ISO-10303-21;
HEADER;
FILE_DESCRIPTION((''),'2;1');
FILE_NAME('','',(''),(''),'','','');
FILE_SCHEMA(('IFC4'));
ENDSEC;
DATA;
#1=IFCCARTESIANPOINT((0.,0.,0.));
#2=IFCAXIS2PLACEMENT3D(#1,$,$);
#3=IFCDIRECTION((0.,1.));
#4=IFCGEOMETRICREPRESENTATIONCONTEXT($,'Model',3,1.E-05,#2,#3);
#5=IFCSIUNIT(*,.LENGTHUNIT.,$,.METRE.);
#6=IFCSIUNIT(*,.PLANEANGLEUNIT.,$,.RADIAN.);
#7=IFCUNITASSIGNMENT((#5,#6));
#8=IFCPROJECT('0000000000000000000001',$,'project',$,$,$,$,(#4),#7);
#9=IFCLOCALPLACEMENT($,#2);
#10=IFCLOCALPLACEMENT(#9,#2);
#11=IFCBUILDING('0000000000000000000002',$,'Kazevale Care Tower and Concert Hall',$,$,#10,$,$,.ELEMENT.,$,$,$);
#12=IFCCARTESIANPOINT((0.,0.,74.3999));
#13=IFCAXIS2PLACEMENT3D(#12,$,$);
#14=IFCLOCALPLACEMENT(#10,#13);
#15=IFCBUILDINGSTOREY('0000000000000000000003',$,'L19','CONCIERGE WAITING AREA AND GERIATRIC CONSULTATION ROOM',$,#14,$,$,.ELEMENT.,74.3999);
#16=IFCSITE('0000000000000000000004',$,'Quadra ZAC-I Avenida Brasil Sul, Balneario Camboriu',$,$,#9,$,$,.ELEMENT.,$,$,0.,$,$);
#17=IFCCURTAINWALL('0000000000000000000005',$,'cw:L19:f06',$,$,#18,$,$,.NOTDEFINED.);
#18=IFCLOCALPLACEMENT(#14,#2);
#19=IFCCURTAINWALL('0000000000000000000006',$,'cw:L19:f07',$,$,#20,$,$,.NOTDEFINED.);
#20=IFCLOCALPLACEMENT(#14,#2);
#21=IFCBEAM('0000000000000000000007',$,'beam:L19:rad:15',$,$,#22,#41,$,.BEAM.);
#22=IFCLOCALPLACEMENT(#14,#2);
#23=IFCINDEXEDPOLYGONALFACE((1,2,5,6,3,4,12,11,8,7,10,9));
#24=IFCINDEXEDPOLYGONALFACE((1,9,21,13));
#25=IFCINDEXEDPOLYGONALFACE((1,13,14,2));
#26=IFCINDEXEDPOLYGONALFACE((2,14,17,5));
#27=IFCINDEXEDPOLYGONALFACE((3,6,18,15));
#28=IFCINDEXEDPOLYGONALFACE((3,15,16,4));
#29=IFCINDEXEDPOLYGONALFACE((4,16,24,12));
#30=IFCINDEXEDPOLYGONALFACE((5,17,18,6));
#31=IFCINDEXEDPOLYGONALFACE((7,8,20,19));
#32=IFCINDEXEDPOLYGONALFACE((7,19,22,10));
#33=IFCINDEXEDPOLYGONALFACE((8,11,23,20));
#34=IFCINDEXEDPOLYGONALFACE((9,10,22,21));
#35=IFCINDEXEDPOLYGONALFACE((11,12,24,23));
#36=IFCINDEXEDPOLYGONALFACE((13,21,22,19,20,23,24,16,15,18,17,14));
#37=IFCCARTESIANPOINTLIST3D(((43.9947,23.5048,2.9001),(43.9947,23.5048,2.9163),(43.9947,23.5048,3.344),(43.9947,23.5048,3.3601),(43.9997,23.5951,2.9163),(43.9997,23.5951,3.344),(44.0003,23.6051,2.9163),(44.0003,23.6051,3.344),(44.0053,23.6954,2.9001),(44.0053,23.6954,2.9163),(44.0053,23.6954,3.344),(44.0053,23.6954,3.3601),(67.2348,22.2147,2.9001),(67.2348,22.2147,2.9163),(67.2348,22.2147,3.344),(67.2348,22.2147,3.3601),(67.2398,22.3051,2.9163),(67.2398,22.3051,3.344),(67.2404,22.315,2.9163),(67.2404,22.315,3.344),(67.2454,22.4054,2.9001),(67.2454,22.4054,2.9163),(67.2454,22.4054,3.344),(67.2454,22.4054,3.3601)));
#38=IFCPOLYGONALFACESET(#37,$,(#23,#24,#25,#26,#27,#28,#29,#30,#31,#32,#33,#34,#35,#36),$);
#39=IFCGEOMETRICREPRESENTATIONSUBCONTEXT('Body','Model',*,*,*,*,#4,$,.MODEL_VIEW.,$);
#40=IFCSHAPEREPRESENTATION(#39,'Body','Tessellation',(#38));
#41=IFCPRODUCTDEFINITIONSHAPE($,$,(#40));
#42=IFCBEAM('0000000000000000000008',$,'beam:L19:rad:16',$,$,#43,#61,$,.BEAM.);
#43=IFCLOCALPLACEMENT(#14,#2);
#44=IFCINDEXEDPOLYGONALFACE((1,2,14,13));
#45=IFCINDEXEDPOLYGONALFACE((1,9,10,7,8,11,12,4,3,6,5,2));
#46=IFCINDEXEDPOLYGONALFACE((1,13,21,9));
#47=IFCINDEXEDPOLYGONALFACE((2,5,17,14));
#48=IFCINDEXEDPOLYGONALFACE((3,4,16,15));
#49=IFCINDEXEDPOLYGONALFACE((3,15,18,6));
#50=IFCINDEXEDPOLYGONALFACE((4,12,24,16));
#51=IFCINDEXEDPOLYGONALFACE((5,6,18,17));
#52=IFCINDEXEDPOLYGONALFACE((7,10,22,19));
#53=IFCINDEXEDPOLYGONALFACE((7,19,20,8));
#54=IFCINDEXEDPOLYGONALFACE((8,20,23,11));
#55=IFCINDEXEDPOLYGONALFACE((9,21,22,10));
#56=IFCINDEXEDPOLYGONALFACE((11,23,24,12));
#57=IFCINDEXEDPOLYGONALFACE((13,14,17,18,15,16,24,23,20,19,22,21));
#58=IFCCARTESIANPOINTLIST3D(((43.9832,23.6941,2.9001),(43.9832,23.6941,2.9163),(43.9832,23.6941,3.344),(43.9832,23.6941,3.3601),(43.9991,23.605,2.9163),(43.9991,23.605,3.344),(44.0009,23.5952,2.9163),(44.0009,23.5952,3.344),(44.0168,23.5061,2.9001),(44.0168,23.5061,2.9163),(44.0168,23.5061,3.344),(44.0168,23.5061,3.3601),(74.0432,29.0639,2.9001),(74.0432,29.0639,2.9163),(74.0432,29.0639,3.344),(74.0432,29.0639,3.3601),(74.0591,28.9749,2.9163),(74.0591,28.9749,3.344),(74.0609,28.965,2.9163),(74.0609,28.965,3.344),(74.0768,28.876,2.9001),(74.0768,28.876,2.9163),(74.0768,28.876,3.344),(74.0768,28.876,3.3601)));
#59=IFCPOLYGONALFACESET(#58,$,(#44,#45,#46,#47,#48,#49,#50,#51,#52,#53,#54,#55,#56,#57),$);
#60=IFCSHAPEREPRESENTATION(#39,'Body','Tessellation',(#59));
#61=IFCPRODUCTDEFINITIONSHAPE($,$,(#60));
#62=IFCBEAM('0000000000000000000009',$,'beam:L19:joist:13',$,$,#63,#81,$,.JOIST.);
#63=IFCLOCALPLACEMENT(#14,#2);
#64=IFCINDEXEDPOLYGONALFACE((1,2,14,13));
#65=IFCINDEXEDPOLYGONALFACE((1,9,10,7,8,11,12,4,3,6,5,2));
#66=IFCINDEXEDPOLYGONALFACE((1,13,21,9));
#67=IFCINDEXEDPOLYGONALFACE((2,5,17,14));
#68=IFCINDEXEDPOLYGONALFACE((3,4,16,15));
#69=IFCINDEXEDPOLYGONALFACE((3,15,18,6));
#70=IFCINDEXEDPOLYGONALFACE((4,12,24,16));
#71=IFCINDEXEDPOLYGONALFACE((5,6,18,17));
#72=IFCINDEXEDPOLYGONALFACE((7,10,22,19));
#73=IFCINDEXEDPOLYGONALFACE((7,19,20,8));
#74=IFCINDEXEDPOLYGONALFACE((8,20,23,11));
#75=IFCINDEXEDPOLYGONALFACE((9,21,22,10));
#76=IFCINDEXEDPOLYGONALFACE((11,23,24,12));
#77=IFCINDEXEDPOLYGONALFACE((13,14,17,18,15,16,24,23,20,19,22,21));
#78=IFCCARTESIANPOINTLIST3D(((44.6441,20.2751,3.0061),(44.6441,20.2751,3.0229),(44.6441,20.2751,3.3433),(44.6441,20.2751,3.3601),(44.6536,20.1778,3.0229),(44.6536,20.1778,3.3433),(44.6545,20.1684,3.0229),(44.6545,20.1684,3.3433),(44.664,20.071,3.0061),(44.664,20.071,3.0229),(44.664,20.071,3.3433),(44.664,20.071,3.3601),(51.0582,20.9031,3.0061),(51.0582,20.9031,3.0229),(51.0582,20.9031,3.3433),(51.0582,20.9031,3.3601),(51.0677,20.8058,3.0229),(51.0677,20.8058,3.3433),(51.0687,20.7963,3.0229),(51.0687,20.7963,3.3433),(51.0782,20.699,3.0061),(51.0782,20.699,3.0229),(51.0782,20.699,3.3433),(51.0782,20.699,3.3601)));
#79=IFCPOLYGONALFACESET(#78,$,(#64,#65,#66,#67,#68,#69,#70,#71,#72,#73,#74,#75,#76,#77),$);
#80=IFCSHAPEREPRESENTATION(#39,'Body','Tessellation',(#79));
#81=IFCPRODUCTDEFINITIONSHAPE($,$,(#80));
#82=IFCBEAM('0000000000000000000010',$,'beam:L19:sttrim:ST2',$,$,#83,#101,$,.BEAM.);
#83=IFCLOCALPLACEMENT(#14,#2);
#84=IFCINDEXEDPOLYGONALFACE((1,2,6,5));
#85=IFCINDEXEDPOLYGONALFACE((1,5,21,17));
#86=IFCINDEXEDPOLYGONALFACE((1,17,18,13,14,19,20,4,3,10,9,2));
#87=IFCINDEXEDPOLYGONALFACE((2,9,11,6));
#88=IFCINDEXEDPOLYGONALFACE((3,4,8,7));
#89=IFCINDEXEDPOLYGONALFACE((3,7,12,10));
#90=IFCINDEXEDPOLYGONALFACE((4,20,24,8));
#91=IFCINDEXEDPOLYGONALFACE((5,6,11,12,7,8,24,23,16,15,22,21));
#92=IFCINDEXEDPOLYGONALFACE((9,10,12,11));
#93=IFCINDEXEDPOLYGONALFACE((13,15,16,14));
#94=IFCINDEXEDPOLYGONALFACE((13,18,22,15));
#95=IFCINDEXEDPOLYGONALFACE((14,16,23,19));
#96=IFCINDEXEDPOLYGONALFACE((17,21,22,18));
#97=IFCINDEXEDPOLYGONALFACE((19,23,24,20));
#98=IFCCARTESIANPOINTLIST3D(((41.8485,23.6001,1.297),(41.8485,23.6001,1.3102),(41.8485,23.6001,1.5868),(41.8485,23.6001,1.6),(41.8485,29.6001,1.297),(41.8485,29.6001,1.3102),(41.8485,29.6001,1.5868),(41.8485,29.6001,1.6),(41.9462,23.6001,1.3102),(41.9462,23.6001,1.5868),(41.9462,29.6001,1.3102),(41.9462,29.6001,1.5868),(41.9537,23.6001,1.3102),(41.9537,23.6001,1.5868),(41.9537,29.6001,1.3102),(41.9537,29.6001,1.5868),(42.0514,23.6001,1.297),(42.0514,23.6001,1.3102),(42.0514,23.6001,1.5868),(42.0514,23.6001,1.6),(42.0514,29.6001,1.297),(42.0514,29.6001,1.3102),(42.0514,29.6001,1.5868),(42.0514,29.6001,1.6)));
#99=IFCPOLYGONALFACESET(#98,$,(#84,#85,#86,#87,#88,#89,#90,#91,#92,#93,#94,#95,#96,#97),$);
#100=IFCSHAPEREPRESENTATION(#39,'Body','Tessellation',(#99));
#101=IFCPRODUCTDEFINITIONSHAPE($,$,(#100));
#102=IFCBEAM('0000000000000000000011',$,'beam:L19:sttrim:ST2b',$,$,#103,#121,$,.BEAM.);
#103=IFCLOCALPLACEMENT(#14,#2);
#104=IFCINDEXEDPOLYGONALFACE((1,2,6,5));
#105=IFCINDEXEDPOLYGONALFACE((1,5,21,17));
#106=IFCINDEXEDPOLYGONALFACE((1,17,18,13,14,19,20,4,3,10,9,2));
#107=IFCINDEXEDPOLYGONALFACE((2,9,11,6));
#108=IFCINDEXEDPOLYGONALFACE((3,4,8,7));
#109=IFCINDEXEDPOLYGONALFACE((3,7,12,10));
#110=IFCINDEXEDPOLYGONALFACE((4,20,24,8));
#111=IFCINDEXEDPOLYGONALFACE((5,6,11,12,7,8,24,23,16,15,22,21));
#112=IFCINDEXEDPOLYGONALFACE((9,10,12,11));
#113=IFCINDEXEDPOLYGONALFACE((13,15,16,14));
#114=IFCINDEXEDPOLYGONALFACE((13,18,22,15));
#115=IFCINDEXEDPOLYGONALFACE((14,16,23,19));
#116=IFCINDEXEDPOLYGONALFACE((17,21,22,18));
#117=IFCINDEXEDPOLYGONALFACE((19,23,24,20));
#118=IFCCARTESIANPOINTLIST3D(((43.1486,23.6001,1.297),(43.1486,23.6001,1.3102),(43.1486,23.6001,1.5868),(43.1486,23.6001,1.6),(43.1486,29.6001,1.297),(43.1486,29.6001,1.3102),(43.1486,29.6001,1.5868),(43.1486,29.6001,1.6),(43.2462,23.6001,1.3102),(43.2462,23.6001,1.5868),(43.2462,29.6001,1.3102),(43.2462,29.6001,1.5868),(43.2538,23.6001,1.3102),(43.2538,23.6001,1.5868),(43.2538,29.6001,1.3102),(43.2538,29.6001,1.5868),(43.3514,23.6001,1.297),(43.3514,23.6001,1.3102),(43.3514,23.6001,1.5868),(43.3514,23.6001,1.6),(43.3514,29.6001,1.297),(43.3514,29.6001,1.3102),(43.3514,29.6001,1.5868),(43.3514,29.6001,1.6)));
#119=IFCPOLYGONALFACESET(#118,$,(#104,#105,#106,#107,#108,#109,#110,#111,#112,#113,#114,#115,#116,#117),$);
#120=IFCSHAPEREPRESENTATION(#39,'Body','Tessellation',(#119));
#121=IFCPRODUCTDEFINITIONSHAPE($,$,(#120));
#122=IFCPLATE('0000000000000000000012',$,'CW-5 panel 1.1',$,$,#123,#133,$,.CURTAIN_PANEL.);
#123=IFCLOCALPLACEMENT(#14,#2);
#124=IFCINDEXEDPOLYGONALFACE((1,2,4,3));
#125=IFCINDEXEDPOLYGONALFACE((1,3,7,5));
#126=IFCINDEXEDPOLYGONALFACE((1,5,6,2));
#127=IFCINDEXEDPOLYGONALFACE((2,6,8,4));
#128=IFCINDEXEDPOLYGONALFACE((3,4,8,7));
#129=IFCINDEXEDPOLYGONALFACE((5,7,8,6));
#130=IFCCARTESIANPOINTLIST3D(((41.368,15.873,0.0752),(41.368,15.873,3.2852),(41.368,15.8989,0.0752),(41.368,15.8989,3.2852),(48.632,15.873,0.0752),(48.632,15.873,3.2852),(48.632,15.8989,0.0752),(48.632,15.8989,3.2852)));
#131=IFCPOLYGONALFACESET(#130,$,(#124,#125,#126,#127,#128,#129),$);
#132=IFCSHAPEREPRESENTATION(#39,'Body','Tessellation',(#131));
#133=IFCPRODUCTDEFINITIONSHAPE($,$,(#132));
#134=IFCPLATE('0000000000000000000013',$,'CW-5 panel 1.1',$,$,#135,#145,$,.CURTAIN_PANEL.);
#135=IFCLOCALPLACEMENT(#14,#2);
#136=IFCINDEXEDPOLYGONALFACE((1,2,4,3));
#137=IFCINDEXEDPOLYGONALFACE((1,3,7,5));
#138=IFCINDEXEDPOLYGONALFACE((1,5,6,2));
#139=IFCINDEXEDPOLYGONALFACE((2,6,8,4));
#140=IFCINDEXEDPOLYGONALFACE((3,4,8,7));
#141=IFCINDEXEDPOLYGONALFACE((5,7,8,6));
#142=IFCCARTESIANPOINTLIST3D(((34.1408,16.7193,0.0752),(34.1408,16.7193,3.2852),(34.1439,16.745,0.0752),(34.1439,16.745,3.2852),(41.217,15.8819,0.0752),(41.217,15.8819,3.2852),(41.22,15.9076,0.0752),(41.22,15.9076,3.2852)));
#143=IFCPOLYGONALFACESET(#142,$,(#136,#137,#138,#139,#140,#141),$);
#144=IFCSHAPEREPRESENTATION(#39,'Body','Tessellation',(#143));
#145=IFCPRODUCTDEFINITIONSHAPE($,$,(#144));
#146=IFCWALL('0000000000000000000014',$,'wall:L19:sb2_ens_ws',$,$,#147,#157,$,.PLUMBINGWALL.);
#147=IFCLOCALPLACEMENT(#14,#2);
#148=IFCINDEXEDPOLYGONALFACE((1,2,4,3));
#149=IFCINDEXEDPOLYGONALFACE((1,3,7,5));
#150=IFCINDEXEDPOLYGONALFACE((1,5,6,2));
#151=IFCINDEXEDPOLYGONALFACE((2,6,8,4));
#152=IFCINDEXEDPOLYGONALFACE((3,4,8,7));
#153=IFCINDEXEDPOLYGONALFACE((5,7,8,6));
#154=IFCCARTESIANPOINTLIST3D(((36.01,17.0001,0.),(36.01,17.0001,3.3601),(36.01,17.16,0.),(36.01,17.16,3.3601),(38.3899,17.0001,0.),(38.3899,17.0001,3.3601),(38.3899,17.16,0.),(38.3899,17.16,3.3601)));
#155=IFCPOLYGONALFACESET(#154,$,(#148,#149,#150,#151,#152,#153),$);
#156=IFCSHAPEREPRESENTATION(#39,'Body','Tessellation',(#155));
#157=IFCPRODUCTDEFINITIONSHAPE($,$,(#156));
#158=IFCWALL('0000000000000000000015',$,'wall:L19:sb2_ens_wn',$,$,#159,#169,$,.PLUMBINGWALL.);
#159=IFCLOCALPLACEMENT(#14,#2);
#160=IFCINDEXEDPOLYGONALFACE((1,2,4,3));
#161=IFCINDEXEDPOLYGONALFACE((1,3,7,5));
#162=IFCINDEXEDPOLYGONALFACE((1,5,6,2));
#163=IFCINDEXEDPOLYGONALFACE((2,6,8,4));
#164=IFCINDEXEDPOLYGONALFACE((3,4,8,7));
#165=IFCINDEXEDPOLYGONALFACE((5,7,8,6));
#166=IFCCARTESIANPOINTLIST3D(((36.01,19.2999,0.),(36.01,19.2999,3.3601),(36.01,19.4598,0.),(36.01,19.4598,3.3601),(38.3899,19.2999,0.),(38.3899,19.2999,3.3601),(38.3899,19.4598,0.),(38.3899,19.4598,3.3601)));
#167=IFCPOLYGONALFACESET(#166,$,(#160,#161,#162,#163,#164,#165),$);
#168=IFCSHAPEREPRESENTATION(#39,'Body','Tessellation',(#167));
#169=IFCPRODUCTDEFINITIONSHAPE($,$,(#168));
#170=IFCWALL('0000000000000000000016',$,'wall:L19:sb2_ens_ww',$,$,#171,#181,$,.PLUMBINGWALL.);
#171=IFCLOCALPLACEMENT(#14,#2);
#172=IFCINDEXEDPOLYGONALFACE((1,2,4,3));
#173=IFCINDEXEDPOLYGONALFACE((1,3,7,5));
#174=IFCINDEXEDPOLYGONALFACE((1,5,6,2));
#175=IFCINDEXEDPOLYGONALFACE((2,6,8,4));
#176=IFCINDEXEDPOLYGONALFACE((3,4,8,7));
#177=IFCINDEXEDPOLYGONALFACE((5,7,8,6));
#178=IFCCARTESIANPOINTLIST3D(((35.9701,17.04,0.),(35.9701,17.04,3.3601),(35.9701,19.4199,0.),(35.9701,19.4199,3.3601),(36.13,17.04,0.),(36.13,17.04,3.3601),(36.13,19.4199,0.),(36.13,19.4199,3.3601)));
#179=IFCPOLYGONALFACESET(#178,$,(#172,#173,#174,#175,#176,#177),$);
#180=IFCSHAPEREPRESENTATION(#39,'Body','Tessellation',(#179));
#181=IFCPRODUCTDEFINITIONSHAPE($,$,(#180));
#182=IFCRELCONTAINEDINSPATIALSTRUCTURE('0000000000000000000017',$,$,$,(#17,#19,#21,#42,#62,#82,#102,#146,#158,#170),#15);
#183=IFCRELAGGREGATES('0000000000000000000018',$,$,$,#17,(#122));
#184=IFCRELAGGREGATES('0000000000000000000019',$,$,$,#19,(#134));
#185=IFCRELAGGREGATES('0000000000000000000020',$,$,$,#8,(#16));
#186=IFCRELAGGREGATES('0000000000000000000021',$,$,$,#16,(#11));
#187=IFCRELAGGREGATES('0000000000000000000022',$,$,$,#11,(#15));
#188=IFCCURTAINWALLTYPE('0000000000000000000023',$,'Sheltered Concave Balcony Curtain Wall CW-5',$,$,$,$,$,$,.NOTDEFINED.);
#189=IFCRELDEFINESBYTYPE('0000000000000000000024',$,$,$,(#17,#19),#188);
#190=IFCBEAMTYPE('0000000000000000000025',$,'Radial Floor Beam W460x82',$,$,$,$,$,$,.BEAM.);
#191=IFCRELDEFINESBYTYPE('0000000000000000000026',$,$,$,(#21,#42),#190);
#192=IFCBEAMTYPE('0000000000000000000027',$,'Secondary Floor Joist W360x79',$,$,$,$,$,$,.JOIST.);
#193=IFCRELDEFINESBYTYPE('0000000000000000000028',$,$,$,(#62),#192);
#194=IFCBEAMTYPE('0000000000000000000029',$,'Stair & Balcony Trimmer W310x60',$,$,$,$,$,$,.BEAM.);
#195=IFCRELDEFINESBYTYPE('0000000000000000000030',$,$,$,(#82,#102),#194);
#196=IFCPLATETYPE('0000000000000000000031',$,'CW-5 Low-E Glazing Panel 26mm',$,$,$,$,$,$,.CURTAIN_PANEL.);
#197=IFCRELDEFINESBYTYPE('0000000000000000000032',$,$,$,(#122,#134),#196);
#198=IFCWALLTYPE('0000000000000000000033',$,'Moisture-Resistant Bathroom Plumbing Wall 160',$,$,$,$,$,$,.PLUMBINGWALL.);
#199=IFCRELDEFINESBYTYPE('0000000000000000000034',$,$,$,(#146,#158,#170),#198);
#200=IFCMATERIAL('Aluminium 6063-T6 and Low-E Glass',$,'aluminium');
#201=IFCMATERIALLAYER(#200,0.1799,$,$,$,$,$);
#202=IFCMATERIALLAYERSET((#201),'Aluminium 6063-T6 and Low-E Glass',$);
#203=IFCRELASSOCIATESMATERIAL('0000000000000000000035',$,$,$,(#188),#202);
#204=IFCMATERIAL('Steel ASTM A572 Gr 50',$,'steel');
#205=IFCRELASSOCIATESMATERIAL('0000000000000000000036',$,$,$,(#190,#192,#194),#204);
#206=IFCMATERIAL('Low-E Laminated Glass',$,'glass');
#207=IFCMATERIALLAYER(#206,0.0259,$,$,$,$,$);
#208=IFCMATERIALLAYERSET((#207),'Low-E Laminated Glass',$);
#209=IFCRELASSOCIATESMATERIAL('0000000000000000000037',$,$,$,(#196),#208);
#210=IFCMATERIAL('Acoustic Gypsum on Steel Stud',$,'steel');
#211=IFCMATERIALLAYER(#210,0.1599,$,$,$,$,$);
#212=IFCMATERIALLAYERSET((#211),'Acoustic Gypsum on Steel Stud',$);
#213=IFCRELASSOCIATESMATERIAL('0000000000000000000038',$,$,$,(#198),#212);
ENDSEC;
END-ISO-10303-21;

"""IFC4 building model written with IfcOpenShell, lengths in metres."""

from ifc_helpers import new_model, si_unit, direction, frame, frame_2d, origin, origin_2d, place, context, subcontext, project, spatial, rectangle, i_section, extrude, material, layer, layer_set, material_profile, profile_set, type_object, element, aggregate, save


model = new_model("IFC4")

# Units and contexts
model_context = context("Model", 3, precision=1e-05, world=origin(), true_north=direction((0.0, 1.0)))
body_context = subcontext(model_context, "Body", "Model", "MODEL_VIEW")
ifc_project = project(units=[si_unit("LENGTHUNIT", "METRE"), si_unit("PLANEANGLEUNIT", "RADIAN")], contexts=[model_context])

# Site, building, storey
site_placement = place(None, origin())
site = spatial("IfcSite", under=ifc_project, at=site_placement, Name="Quadra ZAC-I Avenida Brasil Sul, Balneario Camboriu", CompositionType="ELEMENT", RefElevation=0.0)
building_placement = place(site_placement, origin())
building = spatial("IfcBuilding", under=site, at=building_placement, Name="Kazevale Care Tower and Concert Hall", CompositionType="ELEMENT")
storey_placement = place(building_placement, frame((0.0, 0.0, 74.3999)))
storey = spatial("IfcBuildingStorey", under=building, at=storey_placement, Name="L19", Description="CONCIERGE WAITING AREA AND GERIATRIC CONSULTATION ROOM", CompositionType="ELEMENT", Elevation=74.3999)

# Curtain wall
ifc_material_1 = material(Name="Aluminium 6063-T6 and Low-E Glass", Category="aluminium")
ifc_layer_1 = layer(ifc_material_1, 0.1799)
ifc_layer_set_1 = layer_set([ifc_layer_1], Name="Aluminium 6063-T6 and Low-E Glass")
curtain_wall_type = type_object("IfcCurtainWallType", Name="Sheltered Concave Balcony Curtain Wall CW-5", PredefinedType="NOTDEFINED", material=ifc_layer_set_1)
curtain_wall_1_placement = place(storey_placement, origin())
curtain_wall_1 = element("IfcCurtainWall", 1, at=curtain_wall_1_placement, inside=storey, type_object=curtain_wall_type, Name="cw:L19:f06", PredefinedType="NOTDEFINED")

# Curtain wall
curtain_wall_2_placement = place(storey_placement, origin())
curtain_wall_2 = element("IfcCurtainWall", 2, at=curtain_wall_2_placement, inside=storey, type_object=curtain_wall_type, Name="cw:L19:f07", PredefinedType="NOTDEFINED")

# Beams
ifc_material_2 = material(Name="Steel ASTM A572 Gr 50", Category="steel")
ifc_material_profile_1 = material_profile(ifc_material_2, i_section(OverallWidth=0.1909, OverallDepth=0.46, WebThickness=0.01, FlangeThickness=0.0161, at=origin_2d()), Name="W460x82")
ifc_profile_set_1 = profile_set([ifc_material_profile_1], Name="Steel ASTM A572 Gr 50")
beam_type_1 = type_object("IfcBeamType", Name="Radial Floor Beam W460x82", PredefinedType="BEAM", material=ifc_profile_set_1)
beam_1_placement = place(storey_placement, frame((44.0, 23.6001, 3.1301), z_axis=(0.998463, -0.055424, 0.0), x_axis=(0.055424, 0.998463, 0.0)))
element("IfcBeam", 3, at=beam_1_placement, inside=storey, type_object=beam_type_1, Name="beam:L19:rad:15", PredefinedType="BEAM", context=body_context, shape_type="SweptSolid", body=[
    extrude(i_section(OverallWidth=0.1909, OverallDepth=0.46, WebThickness=0.01, FlangeThickness=0.0161, at=origin_2d()), origin(), (0.0, 0.0, 1.0), 23.2759),
])
beam_2_placement = place(storey_placement, frame((44.0, 23.6001, 3.1301), z_axis=(0.984416, 0.175854, 0.0), x_axis=(-0.175854, 0.984416, 0.0)))
element("IfcBeam", 4, at=beam_2_placement, inside=storey, type_object=beam_type_1, Name="beam:L19:rad:16", PredefinedType="BEAM", context=body_context, shape_type="SweptSolid", body=[
    extrude(i_section(OverallWidth=0.1909, OverallDepth=0.46, WebThickness=0.01, FlangeThickness=0.0161, at=origin_2d()), origin(), (0.0, 0.0, 1.0), 30.5359),
])
ifc_material_profile_2 = material_profile(ifc_material_2, i_section(OverallWidth=0.2051, OverallDepth=0.354, WebThickness=0.0095, FlangeThickness=0.0168, at=origin_2d()), Name="W360x79")
ifc_profile_set_2 = profile_set([ifc_material_profile_2], Name="Steel ASTM A572 Gr 50")
beam_type_2 = type_object("IfcBeamType", Name="Secondary Floor Joist W360x79", PredefinedType="JOIST", material=ifc_profile_set_2)
beam_3_placement = place(storey_placement, frame((44.6541, 20.1731, 3.1831), z_axis=(0.995242, 0.097433, 0.0), x_axis=(-0.097433, 0.995242, 0.0)))
element("IfcBeam", 5, at=beam_3_placement, inside=storey, type_object=beam_type_2, Name="beam:L19:joist:13", PredefinedType="JOIST", context=body_context, shape_type="SweptSolid", body=[
    extrude(i_section(OverallWidth=0.2051, OverallDepth=0.354, WebThickness=0.0095, FlangeThickness=0.0168, at=origin_2d()), origin(), (0.0, 0.0, 1.0), 6.4448),
])
ifc_material_profile_3 = material_profile(ifc_material_2, i_section(OverallWidth=0.2029, OverallDepth=0.303, WebThickness=0.0076, FlangeThickness=0.0132, at=origin_2d()), Name="W310x60")
ifc_profile_set_3 = profile_set([ifc_material_profile_3], Name="Steel ASTM A572 Gr 50")
beam_type_3 = type_object("IfcBeamType", Name="Stair & Balcony Trimmer W310x60", PredefinedType="BEAM", material=ifc_profile_set_3)
for number, where, z_axis, x_axis, name in (
    (6, (41.95, 23.6001, 1.4485), (0.0, 1.0, 0.0), (-1.0, 0.0, 0.0), "beam:L19:sttrim:ST2"),
    (7, (43.25, 23.6001, 1.4485), (0.0, 1.0, 0.0), (-1.0, 0.0, 0.0), "beam:L19:sttrim:ST2b"),
):
    element("IfcBeam", number, at=place(storey_placement, frame(where, z_axis=z_axis, x_axis=x_axis)), inside=storey, type_object=beam_type_3, Name=name, PredefinedType="BEAM", context=body_context, shape_type="SweptSolid", body=[
        extrude(i_section(OverallWidth=0.2029, OverallDepth=0.303, WebThickness=0.0076, FlangeThickness=0.0132, at=origin_2d()), origin(), (0.0, 0.0, 1.0), 6.0),
    ])

# Plates
ifc_material_3 = material(Name="Low-E Laminated Glass", Category="glass")
ifc_layer_2 = layer(ifc_material_3, 0.0259)
ifc_layer_set_2 = layer_set([ifc_layer_2], Name="Low-E Laminated Glass")
plate_type = type_object("IfcPlateType", Name="CW-5 Low-E Glazing Panel 26mm", PredefinedType="CURTAIN_PANEL", material=ifc_layer_set_2)
plate_1_placement = place(storey_placement, frame((45.0, 15.886, 0.0752), z_axis=(0.0, 0.0, 1.0), x_axis=(-1.0, 0.0, 0.0)))
plate_1 = element("IfcPlate", 8, at=plate_1_placement, type_object=plate_type, Name="CW-5 panel 1.1", PredefinedType="CURTAIN_PANEL", context=body_context, shape_type="SweptSolid", body=[
    extrude(rectangle(XDim=7.2639, YDim=0.0259, at=origin_2d()), origin(), (0.0, 0.0, 1.0), 3.21),
])
aggregate(curtain_wall_1, [plate_1])
plate_2_placement = place(storey_placement, frame((37.6804, 16.3135, 0.0752), z_axis=(0.0, 0.0, 1.0), x_axis=(-0.993071, 0.117519, 0.0)))
plate_2 = element("IfcPlate", 9, at=plate_2_placement, type_object=plate_type, Name="CW-5 panel 1.1", PredefinedType="CURTAIN_PANEL", context=body_context, shape_type="SweptSolid", body=[
    extrude(rectangle(XDim=7.1255, YDim=0.0259, at=origin_2d()), origin(), (0.0, 0.0, 1.0), 3.21),
])
aggregate(curtain_wall_2, [plate_2])

# Walls
ifc_material_4 = material(Name="Acoustic Gypsum on Steel Stud", Category="steel")
ifc_layer_3 = layer(ifc_material_4, 0.1599)
ifc_layer_set_3 = layer_set([ifc_layer_3], Name="Acoustic Gypsum on Steel Stud")
wall_type_1 = type_object("IfcWallType", Name="Moisture-Resistant Bathroom Plumbing Wall 160", PredefinedType="PLUMBINGWALL", material=ifc_layer_set_3)
for number, where, z_axis, x_axis, name in (
    (10, (36.01, 17.0801, 0.0), (0.0, 0.0, 1.0), (1.0, 0.0, 0.0), "wall:L19:sb2_ens_ws"),
    (11, (36.01, 19.3799, 0.0), (0.0, 0.0, 1.0), (1.0, 0.0, 0.0), "wall:L19:sb2_ens_wn"),
    (12, (36.05, 17.04, 0.0), (0.0, 0.0, 1.0), (0.0, 1.0, 0.0), "wall:L19:sb2_ens_ww"),
):
    element("IfcWall", number, at=place(storey_placement, frame(where, z_axis=z_axis, x_axis=x_axis)), inside=storey, type_object=wall_type_1, Name=name, PredefinedType="PLUMBINGWALL", context=body_context, shape_type="SweptSolid", body=[
        extrude(rectangle(XDim=2.3799, YDim=0.1599, at=frame_2d((1.1899, 0.0))), origin(), (0.0, 0.0, 1.0), 3.3601),
    ])

save(model, "model.ifc")
